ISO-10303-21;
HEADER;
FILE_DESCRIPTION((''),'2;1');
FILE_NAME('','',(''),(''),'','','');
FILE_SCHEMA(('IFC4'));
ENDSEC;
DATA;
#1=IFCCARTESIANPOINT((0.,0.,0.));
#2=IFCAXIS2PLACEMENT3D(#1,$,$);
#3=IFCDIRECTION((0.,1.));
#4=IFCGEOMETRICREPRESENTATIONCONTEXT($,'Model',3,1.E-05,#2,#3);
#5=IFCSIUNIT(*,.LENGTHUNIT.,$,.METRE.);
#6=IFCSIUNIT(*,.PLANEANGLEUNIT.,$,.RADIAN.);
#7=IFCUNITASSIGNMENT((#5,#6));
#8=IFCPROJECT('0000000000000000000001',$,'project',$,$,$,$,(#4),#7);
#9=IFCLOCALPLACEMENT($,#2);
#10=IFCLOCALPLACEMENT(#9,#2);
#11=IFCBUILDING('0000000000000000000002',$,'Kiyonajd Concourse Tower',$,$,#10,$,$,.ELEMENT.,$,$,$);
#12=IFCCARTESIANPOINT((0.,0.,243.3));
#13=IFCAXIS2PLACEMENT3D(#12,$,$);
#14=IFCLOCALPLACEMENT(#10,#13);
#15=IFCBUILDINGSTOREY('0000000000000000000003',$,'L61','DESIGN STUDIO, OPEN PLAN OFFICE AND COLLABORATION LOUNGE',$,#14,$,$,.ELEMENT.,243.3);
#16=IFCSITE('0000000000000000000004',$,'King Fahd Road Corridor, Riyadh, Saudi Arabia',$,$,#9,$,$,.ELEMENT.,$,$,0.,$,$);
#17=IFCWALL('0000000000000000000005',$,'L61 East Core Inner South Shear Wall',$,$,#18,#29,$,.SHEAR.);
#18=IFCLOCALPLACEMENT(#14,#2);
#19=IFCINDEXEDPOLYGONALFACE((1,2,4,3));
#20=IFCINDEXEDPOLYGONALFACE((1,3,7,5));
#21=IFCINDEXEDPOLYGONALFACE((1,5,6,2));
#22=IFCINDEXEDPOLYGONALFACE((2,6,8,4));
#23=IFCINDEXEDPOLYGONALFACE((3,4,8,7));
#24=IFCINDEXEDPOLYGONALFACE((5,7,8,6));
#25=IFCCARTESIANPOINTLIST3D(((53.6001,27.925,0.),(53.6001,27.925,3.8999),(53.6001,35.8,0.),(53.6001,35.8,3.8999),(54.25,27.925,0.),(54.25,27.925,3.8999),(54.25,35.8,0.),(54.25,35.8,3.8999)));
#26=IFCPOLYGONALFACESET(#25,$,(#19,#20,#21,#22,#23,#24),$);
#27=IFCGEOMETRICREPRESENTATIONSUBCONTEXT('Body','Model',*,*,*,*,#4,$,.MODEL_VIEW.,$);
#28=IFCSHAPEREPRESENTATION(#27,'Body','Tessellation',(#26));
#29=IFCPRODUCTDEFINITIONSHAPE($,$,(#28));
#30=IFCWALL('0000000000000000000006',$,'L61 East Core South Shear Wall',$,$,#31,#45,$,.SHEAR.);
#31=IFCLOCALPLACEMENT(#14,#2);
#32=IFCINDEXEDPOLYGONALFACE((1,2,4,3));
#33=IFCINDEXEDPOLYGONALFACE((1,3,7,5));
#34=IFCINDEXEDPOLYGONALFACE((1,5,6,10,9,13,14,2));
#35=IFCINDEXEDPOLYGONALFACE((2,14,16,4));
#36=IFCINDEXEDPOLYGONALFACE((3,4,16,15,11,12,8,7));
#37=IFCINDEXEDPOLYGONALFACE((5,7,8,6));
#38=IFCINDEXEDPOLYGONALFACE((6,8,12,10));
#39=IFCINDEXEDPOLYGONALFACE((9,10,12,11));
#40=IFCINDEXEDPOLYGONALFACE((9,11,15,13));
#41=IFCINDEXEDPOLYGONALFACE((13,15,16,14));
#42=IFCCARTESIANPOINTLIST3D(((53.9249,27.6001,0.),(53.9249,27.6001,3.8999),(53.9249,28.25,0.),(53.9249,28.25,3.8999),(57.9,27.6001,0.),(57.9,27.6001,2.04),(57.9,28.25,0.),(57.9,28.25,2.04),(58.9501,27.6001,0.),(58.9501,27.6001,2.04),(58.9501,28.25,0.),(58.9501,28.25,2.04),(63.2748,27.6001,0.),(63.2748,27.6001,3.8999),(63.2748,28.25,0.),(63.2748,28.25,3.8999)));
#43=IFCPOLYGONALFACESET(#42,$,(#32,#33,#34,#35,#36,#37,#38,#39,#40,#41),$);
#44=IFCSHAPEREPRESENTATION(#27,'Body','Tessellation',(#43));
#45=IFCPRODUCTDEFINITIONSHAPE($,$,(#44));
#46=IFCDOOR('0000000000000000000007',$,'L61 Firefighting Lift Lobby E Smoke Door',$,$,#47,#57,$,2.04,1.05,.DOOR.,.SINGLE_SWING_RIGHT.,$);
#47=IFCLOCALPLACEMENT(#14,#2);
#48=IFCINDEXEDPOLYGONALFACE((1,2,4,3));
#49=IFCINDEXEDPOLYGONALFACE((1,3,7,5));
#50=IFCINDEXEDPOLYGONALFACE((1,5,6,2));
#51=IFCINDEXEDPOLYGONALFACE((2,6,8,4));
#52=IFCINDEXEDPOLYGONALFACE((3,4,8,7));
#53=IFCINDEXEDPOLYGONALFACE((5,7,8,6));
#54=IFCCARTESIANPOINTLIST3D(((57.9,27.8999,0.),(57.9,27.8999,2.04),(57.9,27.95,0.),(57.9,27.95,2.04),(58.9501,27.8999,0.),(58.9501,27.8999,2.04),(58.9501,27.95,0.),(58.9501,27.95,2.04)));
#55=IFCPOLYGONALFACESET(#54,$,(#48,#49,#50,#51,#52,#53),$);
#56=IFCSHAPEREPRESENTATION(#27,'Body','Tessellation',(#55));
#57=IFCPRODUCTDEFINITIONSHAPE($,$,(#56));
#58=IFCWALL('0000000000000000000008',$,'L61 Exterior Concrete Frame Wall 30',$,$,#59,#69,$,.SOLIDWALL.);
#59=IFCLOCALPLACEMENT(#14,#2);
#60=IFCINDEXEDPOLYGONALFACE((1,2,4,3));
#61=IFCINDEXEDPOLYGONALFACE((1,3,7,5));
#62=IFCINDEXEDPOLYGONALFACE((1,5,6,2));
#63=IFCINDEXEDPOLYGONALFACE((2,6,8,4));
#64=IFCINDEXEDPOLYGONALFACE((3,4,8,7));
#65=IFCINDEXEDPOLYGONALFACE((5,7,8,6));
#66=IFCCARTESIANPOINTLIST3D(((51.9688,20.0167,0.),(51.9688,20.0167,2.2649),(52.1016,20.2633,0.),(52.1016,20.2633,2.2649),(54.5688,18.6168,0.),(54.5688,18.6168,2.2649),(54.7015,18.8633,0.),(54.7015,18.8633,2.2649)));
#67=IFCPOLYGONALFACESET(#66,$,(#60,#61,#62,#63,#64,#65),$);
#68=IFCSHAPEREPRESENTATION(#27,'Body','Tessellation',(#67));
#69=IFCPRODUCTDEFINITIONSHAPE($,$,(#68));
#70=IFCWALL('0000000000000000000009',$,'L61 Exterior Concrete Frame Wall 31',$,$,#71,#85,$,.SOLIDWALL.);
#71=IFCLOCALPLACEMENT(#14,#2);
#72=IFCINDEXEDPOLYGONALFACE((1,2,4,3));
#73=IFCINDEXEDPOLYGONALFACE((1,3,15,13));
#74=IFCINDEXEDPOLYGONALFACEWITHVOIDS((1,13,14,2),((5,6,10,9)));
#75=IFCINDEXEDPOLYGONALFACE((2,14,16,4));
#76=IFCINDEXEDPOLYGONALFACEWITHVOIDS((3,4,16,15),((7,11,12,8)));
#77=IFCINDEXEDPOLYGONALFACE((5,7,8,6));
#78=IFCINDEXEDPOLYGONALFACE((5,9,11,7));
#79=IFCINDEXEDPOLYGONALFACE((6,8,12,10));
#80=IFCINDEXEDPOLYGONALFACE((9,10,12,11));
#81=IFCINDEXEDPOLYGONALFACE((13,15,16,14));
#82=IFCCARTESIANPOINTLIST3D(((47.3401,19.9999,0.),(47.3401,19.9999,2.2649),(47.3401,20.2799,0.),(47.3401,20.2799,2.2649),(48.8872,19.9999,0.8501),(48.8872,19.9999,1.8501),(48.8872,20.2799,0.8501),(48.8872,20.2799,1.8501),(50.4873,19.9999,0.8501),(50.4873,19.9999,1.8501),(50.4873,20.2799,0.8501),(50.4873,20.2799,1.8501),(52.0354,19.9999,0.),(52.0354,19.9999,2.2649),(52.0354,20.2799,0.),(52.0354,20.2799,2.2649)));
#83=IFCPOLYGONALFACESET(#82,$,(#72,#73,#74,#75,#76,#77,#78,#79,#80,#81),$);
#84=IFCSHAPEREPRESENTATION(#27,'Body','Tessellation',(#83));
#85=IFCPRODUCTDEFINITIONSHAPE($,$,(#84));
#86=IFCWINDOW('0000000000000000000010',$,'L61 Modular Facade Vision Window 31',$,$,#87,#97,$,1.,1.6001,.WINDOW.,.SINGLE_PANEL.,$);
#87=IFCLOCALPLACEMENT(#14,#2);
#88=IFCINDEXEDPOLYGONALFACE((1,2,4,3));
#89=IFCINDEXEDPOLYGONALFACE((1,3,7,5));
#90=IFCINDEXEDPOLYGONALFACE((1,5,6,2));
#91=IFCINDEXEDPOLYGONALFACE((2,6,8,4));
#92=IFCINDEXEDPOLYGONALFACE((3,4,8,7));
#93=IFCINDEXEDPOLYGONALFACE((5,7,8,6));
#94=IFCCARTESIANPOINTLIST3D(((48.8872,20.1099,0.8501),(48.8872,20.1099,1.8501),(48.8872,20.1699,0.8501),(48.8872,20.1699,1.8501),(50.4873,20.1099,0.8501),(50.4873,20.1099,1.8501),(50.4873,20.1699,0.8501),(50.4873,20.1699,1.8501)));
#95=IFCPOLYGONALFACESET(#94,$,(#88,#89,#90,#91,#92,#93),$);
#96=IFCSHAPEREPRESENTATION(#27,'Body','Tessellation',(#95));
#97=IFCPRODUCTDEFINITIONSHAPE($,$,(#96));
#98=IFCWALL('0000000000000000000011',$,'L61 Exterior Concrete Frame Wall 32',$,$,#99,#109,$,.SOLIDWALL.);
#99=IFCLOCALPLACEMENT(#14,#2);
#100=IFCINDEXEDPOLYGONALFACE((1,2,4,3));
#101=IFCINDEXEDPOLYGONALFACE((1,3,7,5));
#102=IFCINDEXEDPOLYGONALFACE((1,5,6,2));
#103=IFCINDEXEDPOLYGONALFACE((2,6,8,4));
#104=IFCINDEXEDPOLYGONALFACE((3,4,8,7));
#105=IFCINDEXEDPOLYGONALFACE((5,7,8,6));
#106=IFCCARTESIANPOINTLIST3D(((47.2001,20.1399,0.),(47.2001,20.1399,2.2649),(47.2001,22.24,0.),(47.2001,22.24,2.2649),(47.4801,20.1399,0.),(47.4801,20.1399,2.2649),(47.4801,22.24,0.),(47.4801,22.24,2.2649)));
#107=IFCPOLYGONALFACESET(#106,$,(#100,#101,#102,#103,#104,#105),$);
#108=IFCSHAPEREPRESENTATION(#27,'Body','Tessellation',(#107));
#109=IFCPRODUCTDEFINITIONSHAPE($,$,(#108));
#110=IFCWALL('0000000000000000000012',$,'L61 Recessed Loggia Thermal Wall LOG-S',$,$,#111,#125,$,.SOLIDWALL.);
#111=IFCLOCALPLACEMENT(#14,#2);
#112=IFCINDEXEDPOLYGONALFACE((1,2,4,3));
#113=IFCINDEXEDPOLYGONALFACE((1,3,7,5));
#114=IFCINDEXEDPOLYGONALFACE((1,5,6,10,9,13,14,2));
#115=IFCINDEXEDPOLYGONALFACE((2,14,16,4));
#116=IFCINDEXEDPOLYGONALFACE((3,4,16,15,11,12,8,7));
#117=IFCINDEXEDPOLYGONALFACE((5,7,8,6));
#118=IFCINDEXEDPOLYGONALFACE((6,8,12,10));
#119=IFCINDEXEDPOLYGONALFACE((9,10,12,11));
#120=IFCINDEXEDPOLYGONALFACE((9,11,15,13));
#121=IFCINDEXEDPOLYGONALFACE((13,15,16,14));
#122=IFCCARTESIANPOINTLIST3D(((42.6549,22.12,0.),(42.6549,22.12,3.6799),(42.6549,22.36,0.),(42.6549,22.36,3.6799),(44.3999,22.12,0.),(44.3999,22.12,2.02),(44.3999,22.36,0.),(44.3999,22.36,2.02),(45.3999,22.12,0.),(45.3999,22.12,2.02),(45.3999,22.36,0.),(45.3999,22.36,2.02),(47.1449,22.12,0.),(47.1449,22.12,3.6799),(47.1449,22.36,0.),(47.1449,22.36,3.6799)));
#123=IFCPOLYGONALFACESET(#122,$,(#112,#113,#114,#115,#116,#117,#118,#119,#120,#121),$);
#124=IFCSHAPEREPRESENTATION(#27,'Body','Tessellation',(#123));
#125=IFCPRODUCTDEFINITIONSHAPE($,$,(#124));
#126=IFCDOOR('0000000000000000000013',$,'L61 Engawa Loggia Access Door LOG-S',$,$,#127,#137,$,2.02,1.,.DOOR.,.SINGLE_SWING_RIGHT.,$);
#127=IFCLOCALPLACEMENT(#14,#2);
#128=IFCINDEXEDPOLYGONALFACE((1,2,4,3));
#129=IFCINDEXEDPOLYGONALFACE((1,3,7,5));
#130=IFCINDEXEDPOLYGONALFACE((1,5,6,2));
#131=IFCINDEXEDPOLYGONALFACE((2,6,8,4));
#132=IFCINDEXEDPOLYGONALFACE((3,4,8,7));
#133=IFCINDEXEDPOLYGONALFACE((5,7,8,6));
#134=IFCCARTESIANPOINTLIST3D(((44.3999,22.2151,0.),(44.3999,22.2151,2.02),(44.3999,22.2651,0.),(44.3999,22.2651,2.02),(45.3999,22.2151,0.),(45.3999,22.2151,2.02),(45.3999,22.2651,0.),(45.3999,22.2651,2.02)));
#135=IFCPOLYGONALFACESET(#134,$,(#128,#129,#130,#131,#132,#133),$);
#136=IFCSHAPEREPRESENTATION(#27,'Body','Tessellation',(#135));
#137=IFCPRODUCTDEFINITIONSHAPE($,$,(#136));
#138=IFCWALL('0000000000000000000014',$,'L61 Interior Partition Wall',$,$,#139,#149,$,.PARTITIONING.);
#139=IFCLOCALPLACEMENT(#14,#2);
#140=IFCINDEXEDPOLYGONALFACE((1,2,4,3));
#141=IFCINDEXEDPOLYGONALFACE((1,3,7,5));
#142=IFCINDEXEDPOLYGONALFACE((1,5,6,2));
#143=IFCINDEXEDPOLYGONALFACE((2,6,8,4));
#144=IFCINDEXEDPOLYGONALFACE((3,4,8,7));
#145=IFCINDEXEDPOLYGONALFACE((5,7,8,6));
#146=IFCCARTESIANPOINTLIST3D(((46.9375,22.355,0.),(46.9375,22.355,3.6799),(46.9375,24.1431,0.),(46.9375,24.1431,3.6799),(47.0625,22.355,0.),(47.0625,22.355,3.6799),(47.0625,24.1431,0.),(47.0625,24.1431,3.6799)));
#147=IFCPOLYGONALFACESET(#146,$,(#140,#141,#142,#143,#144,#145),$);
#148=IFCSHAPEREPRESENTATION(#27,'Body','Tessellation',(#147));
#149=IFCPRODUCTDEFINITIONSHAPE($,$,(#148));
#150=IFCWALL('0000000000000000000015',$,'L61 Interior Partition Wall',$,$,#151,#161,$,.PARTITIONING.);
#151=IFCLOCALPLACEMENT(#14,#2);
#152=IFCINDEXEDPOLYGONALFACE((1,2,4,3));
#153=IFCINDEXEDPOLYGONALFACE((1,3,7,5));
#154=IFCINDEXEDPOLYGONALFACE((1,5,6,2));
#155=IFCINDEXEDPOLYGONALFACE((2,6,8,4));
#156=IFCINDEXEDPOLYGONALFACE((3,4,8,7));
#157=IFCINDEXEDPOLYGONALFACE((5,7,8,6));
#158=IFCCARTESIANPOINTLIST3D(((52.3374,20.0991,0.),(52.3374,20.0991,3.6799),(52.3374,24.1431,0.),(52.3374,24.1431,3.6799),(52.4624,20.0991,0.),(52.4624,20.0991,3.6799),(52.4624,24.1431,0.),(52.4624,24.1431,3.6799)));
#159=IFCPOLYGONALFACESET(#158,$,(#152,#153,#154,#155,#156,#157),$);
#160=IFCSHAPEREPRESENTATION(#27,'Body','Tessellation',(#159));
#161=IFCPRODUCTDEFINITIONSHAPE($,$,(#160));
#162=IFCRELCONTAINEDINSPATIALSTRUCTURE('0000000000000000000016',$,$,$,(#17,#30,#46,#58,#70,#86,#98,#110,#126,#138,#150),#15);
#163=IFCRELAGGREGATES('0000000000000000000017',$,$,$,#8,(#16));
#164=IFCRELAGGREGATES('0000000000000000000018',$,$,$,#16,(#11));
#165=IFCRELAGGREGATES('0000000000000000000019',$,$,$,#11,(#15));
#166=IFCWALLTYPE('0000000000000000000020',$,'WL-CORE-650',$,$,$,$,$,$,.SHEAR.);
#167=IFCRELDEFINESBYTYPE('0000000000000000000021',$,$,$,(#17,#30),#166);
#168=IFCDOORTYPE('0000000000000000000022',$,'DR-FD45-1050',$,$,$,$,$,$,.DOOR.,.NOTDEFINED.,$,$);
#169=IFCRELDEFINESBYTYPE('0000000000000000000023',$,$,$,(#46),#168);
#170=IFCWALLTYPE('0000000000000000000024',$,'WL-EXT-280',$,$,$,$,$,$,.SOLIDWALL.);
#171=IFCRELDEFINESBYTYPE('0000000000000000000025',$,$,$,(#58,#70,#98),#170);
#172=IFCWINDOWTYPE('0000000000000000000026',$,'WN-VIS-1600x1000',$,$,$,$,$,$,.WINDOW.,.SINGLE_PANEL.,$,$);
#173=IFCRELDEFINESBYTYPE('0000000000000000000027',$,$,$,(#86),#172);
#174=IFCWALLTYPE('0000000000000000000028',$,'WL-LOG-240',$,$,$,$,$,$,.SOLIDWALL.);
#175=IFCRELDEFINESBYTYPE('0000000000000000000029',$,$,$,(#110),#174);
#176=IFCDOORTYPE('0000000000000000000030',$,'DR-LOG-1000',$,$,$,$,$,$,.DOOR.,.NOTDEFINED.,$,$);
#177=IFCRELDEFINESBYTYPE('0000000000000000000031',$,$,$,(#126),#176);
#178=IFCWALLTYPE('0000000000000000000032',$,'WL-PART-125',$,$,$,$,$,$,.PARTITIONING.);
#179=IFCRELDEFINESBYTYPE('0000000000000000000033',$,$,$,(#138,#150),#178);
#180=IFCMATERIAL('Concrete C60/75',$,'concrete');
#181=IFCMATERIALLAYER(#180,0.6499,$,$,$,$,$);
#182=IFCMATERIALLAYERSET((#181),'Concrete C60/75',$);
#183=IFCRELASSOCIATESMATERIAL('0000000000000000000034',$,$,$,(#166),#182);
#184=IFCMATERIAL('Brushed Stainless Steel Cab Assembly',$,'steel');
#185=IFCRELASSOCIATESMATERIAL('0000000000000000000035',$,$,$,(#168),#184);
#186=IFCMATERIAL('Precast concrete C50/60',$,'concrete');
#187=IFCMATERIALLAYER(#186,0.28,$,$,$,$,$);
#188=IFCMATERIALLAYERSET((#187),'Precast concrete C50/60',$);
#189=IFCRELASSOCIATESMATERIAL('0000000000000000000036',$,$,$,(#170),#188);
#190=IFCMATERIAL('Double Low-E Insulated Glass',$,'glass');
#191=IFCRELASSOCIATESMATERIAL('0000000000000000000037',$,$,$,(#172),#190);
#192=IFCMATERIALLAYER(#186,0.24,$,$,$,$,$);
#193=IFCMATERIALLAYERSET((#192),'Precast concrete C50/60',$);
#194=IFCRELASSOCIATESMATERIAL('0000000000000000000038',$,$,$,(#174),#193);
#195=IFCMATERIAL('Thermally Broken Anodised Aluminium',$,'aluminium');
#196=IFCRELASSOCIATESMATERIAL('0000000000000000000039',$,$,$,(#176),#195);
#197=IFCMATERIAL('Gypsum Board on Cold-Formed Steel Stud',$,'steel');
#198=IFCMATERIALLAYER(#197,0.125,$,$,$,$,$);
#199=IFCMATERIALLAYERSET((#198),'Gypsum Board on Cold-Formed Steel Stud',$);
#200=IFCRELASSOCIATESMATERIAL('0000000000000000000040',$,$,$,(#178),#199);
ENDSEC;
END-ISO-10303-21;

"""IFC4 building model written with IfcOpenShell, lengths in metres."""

from ifc_helpers import new_model, si_unit, direction, frame, frame_2d, origin, place, context, subcontext, project, spatial, rectangle, extrude, material, layer, layer_set, type_object, element, fill, save


model = new_model("IFC4")

# Units and contexts
model_context = context("Model", 3, precision=1e-05, world=origin(), true_north=direction((0.0, 1.0)))
body_context = subcontext(model_context, "Body", "Model", "MODEL_VIEW")
ifc_project = project(units=[si_unit("LENGTHUNIT", "METRE"), si_unit("PLANEANGLEUNIT", "RADIAN")], contexts=[model_context])

# Site, building, storey
site_placement = place(None, origin())
site = spatial("IfcSite", under=ifc_project, at=site_placement, Name="King Fahd Road Corridor, Riyadh, Saudi Arabia", CompositionType="ELEMENT", RefElevation=0.0)
building_placement = place(site_placement, origin())
building = spatial("IfcBuilding", under=site, at=building_placement, Name="Kiyonajd Concourse Tower", CompositionType="ELEMENT")
storey_placement = place(building_placement, frame((0.0, 0.0, 243.3)))
storey = spatial("IfcBuildingStorey", under=building, at=storey_placement, Name="L61", Description="DESIGN STUDIO, OPEN PLAN OFFICE AND COLLABORATION LOUNGE", CompositionType="ELEMENT", Elevation=243.3)

# Shared definitions
ifc_material_1 = material(Name="Concrete C60/75", Category="concrete")

# Shared definitions
ifc_material_2 = material(Name="Thermally Broken Anodised Aluminium", Category="aluminium")

# Wall
ifc_layer_1 = layer(ifc_material_1, 0.6499)
ifc_layer_set_1 = layer_set([ifc_layer_1], Name="Concrete C60/75")
wall_type_1 = type_object("IfcWallType", Name="WL-CORE-650", PredefinedType="SHEAR", material=ifc_layer_set_1)
wall_1_placement = place(storey_placement, frame((53.925, 27.925, 0.0), z_axis=(0.0, 0.0, 1.0), x_axis=(0.0, 1.0, 0.0)))
element("IfcWall", 1, at=wall_1_placement, inside=storey, type_object=wall_type_1, Name="L61 East Core Inner South Shear Wall", PredefinedType="SHEAR", context=body_context, shape_type="SweptSolid", body=[
    extrude(rectangle(XDim=7.875, YDim=0.6499, at=frame_2d((3.9375, 0.0))), origin(), (0.0, 0.0, 1.0), 3.8999),
])

# Wall, opening, door
wall_2_placement = place(storey_placement, frame((53.925, 27.925, 0.0), z_axis=(0.0, 0.0, 1.0), x_axis=(1.0, 0.0, 0.0)))
wall_2 = element("IfcWall", 2, at=wall_2_placement, inside=storey, type_object=wall_type_1, Name="L61 East Core South Shear Wall", PredefinedType="SHEAR", context=body_context, shape_type="SweptSolid", body=[
    extrude(rectangle(XDim=9.3499, YDim=0.6499, at=frame_2d((4.6748, 0.0))), origin(), (0.0, 0.0, 1.0), 3.8999),
])
opening_1_placement = place(wall_2_placement, frame((3.9751, 0.0, 0.0)))
opening_1 = element("IfcOpeningElement", 3, at=opening_1_placement, cuts=wall_2, PredefinedType="OPENING", context=body_context, shape_type="SweptSolid", body=[
    extrude(rectangle(XDim=1.05, YDim=2.04, at=frame_2d((0.5249, 1.02))), frame((0.0, 0.335, 0.0), z_axis=(0.0, -1.0, 0.0), x_axis=(1.0, 0.0, 0.0)), (0.0, 0.0, 1.0), 0.6699),
])
ifc_material_3 = material(Name="Brushed Stainless Steel Cab Assembly", Category="steel")
door_type_1 = type_object("IfcDoorType", Name="DR-FD45-1050", OperationType="NOTDEFINED", PredefinedType="DOOR", material=ifc_material_3)
door_1_placement = place(opening_1_placement, origin())
door_1 = element("IfcDoor", 4, at=door_1_placement, inside=storey, type_object=door_type_1, Name="L61 Firefighting Lift Lobby E Smoke Door", OperationType="SINGLE_SWING_RIGHT", OverallHeight=2.04, OverallWidth=1.05, PredefinedType="DOOR", context=body_context, shape_type="SweptSolid", body=[
    extrude(rectangle(XDim=1.05, YDim=2.04, at=frame_2d((0.5249, 1.02))), frame((0.0, 0.0249, 0.0), z_axis=(0.0, -1.0, 0.0), x_axis=(1.0, 0.0, 0.0)), (0.0, 0.0, 1.0), 0.05),
])
fill(opening_1, door_1)

# Wall
ifc_material_4 = material(Name="Precast concrete C50/60", Category="concrete")
ifc_layer_2 = layer(ifc_material_4, 0.28)
ifc_layer_set_2 = layer_set([ifc_layer_2], Name="Precast concrete C50/60")
wall_type_2 = type_object("IfcWallType", Name="WL-EXT-280", PredefinedType="SOLIDWALL", material=ifc_layer_set_2)
wall_3_placement = place(storey_placement, frame((54.6353, 18.74, 0.0), z_axis=(0.0, 0.0, 1.0), x_axis=(-0.880474, 0.474095, 0.0)))
element("IfcWall", 5, at=wall_3_placement, inside=storey, type_object=wall_type_2, Name="L61 Exterior Concrete Frame Wall 30", PredefinedType="SOLIDWALL", context=body_context, shape_type="SweptSolid", body=[
    extrude(rectangle(XDim=2.9529, YDim=0.28, at=frame_2d((1.4766, 0.0))), origin(), (0.0, 0.0, 1.0), 2.2649),
])

# Wall, opening, window
wall_4_placement = place(storey_placement, frame((52.0354, 20.1399, 0.0), z_axis=(0.0, 0.0, 1.0), x_axis=(-1.0, 0.0, 0.0)))
wall_4 = element("IfcWall", 6, at=wall_4_placement, inside=storey, type_object=wall_type_2, Name="L61 Exterior Concrete Frame Wall 31", PredefinedType="SOLIDWALL", context=body_context, shape_type="SweptSolid", body=[
    extrude(rectangle(XDim=4.6953, YDim=0.28, at=frame_2d((2.3477, 0.0))), origin(), (0.0, 0.0, 1.0), 2.2649),
])
opening_2_placement = place(wall_4_placement, frame((1.5481, 0.0, 0.8501)))
opening_2 = element("IfcOpeningElement", 7, at=opening_2_placement, cuts=wall_4, PredefinedType="OPENING", context=body_context, shape_type="SweptSolid", body=[
    extrude(rectangle(XDim=1.6001, YDim=1.0, at=frame_2d((0.8, 0.5))), frame((0.0, 0.1499, 0.0), z_axis=(0.0, -1.0, 0.0), x_axis=(1.0, 0.0, 0.0)), (0.0, 0.0, 1.0), 0.3),
])
ifc_material_5 = material(Name="Double Low-E Insulated Glass", Category="glass")
window_type = type_object("IfcWindowType", Name="WN-VIS-1600x1000", PartitioningType="SINGLE_PANEL", PredefinedType="WINDOW", material=ifc_material_5)
window_placement = place(opening_2_placement, origin())
window = element("IfcWindow", 8, at=window_placement, inside=storey, type_object=window_type, Name="L61 Modular Facade Vision Window 31", OverallHeight=1.0, OverallWidth=1.6001, PartitioningType="SINGLE_PANEL", PredefinedType="WINDOW", context=body_context, shape_type="SweptSolid", body=[
    extrude(rectangle(XDim=1.6001, YDim=1.0, at=frame_2d((0.8, 0.5))), frame((0.0, 0.03, 0.0), z_axis=(0.0, -1.0, 0.0), x_axis=(1.0, 0.0, 0.0)), (0.0, 0.0, 1.0), 0.0601),
])
fill(opening_2, window)

# Wall
wall_5_placement = place(storey_placement, frame((47.3401, 20.1399, 0.0), z_axis=(0.0, 0.0, 1.0), x_axis=(0.0, 1.0, 0.0)))
element("IfcWall", 9, at=wall_5_placement, inside=storey, type_object=wall_type_2, Name="L61 Exterior Concrete Frame Wall 32", PredefinedType="SOLIDWALL", context=body_context, shape_type="SweptSolid", body=[
    extrude(rectangle(XDim=2.1001, YDim=0.28, at=frame_2d((1.05, 0.0))), origin(), (0.0, 0.0, 1.0), 2.2649),
])

# Wall, opening, door
ifc_layer_3 = layer(ifc_material_4, 0.24)
ifc_layer_set_3 = layer_set([ifc_layer_3], Name="Precast concrete C50/60")
wall_type_3 = type_object("IfcWallType", Name="WL-LOG-240", PredefinedType="SOLIDWALL", material=ifc_layer_set_3)
wall_6_placement = place(storey_placement, frame((47.145, 22.24, 0.0), z_axis=(0.0, 0.0, 1.0), x_axis=(-1.0, 0.0, 0.0)))
wall_6 = element("IfcWall", 10, at=wall_6_placement, inside=storey, type_object=wall_type_3, Name="L61 Recessed Loggia Thermal Wall LOG-S", PredefinedType="SOLIDWALL", context=body_context, shape_type="SweptSolid", body=[
    extrude(rectangle(XDim=4.49, YDim=0.24, at=frame_2d((2.2451, 0.0))), origin(), (0.0, 0.0, 1.0), 3.6799),
])
opening_3_placement = place(wall_6_placement, frame((1.7451, 0.0, 0.0)))
opening_3 = element("IfcOpeningElement", 11, at=opening_3_placement, cuts=wall_6, PredefinedType="OPENING", context=body_context, shape_type="SweptSolid", body=[
    extrude(rectangle(XDim=1.0, YDim=2.02, at=frame_2d((0.5, 1.01))), frame((0.0, 0.1299, 0.0), z_axis=(0.0, -1.0, 0.0), x_axis=(1.0, 0.0, 0.0)), (0.0, 0.0, 1.0), 0.26),
])
door_type_2 = type_object("IfcDoorType", Name="DR-LOG-1000", OperationType="NOTDEFINED", PredefinedType="DOOR", material=ifc_material_2)
door_2_placement = place(opening_3_placement, origin())
door_2 = element("IfcDoor", 12, at=door_2_placement, inside=storey, type_object=door_type_2, Name="L61 Engawa Loggia Access Door LOG-S", OperationType="SINGLE_SWING_RIGHT", OverallHeight=2.02, OverallWidth=1.0, PredefinedType="DOOR", context=body_context, shape_type="SweptSolid", body=[
    extrude(rectangle(XDim=1.0, YDim=2.02, at=frame_2d((0.5, 1.01))), frame((0.0, 0.0249, 0.0), z_axis=(0.0, -1.0, 0.0), x_axis=(1.0, 0.0, 0.0)), (0.0, 0.0, 1.0), 0.05),
])
fill(opening_3, door_2)

# Walls
ifc_material_6 = material(Name="Gypsum Board on Cold-Formed Steel Stud", Category="steel")
ifc_layer_4 = layer(ifc_material_6, 0.125)
ifc_layer_set_4 = layer_set([ifc_layer_4], Name="Gypsum Board on Cold-Formed Steel Stud")
wall_type_4 = type_object("IfcWallType", Name="WL-PART-125", PredefinedType="PARTITIONING", material=ifc_layer_set_4)
wall_7_placement = place(storey_placement, frame((47.0, 22.355, 0.0), z_axis=(0.0, 0.0, 1.0), x_axis=(0.0, 1.0, 0.0)))
element("IfcWall", 13, at=wall_7_placement, inside=storey, type_object=wall_type_4, Name="L61 Interior Partition Wall", PredefinedType="PARTITIONING", context=body_context, shape_type="SweptSolid", body=[
    extrude(rectangle(XDim=1.7881, YDim=0.125, at=frame_2d((0.894, 0.0))), origin(), (0.0, 0.0, 1.0), 3.6799),
])
wall_8_placement = place(storey_placement, frame((52.3999, 20.0991, 0.0), z_axis=(0.0, 0.0, 1.0), x_axis=(0.0, 1.0, 0.0)))
element("IfcWall", 14, at=wall_8_placement, inside=storey, type_object=wall_type_4, Name="L61 Interior Partition Wall", PredefinedType="PARTITIONING", context=body_context, shape_type="SweptSolid", body=[
    extrude(rectangle(XDim=4.0439, YDim=0.125, at=frame_2d((2.022, 0.0))), origin(), (0.0, 0.0, 1.0), 3.6799),
])

save(model, "model.ifc")
